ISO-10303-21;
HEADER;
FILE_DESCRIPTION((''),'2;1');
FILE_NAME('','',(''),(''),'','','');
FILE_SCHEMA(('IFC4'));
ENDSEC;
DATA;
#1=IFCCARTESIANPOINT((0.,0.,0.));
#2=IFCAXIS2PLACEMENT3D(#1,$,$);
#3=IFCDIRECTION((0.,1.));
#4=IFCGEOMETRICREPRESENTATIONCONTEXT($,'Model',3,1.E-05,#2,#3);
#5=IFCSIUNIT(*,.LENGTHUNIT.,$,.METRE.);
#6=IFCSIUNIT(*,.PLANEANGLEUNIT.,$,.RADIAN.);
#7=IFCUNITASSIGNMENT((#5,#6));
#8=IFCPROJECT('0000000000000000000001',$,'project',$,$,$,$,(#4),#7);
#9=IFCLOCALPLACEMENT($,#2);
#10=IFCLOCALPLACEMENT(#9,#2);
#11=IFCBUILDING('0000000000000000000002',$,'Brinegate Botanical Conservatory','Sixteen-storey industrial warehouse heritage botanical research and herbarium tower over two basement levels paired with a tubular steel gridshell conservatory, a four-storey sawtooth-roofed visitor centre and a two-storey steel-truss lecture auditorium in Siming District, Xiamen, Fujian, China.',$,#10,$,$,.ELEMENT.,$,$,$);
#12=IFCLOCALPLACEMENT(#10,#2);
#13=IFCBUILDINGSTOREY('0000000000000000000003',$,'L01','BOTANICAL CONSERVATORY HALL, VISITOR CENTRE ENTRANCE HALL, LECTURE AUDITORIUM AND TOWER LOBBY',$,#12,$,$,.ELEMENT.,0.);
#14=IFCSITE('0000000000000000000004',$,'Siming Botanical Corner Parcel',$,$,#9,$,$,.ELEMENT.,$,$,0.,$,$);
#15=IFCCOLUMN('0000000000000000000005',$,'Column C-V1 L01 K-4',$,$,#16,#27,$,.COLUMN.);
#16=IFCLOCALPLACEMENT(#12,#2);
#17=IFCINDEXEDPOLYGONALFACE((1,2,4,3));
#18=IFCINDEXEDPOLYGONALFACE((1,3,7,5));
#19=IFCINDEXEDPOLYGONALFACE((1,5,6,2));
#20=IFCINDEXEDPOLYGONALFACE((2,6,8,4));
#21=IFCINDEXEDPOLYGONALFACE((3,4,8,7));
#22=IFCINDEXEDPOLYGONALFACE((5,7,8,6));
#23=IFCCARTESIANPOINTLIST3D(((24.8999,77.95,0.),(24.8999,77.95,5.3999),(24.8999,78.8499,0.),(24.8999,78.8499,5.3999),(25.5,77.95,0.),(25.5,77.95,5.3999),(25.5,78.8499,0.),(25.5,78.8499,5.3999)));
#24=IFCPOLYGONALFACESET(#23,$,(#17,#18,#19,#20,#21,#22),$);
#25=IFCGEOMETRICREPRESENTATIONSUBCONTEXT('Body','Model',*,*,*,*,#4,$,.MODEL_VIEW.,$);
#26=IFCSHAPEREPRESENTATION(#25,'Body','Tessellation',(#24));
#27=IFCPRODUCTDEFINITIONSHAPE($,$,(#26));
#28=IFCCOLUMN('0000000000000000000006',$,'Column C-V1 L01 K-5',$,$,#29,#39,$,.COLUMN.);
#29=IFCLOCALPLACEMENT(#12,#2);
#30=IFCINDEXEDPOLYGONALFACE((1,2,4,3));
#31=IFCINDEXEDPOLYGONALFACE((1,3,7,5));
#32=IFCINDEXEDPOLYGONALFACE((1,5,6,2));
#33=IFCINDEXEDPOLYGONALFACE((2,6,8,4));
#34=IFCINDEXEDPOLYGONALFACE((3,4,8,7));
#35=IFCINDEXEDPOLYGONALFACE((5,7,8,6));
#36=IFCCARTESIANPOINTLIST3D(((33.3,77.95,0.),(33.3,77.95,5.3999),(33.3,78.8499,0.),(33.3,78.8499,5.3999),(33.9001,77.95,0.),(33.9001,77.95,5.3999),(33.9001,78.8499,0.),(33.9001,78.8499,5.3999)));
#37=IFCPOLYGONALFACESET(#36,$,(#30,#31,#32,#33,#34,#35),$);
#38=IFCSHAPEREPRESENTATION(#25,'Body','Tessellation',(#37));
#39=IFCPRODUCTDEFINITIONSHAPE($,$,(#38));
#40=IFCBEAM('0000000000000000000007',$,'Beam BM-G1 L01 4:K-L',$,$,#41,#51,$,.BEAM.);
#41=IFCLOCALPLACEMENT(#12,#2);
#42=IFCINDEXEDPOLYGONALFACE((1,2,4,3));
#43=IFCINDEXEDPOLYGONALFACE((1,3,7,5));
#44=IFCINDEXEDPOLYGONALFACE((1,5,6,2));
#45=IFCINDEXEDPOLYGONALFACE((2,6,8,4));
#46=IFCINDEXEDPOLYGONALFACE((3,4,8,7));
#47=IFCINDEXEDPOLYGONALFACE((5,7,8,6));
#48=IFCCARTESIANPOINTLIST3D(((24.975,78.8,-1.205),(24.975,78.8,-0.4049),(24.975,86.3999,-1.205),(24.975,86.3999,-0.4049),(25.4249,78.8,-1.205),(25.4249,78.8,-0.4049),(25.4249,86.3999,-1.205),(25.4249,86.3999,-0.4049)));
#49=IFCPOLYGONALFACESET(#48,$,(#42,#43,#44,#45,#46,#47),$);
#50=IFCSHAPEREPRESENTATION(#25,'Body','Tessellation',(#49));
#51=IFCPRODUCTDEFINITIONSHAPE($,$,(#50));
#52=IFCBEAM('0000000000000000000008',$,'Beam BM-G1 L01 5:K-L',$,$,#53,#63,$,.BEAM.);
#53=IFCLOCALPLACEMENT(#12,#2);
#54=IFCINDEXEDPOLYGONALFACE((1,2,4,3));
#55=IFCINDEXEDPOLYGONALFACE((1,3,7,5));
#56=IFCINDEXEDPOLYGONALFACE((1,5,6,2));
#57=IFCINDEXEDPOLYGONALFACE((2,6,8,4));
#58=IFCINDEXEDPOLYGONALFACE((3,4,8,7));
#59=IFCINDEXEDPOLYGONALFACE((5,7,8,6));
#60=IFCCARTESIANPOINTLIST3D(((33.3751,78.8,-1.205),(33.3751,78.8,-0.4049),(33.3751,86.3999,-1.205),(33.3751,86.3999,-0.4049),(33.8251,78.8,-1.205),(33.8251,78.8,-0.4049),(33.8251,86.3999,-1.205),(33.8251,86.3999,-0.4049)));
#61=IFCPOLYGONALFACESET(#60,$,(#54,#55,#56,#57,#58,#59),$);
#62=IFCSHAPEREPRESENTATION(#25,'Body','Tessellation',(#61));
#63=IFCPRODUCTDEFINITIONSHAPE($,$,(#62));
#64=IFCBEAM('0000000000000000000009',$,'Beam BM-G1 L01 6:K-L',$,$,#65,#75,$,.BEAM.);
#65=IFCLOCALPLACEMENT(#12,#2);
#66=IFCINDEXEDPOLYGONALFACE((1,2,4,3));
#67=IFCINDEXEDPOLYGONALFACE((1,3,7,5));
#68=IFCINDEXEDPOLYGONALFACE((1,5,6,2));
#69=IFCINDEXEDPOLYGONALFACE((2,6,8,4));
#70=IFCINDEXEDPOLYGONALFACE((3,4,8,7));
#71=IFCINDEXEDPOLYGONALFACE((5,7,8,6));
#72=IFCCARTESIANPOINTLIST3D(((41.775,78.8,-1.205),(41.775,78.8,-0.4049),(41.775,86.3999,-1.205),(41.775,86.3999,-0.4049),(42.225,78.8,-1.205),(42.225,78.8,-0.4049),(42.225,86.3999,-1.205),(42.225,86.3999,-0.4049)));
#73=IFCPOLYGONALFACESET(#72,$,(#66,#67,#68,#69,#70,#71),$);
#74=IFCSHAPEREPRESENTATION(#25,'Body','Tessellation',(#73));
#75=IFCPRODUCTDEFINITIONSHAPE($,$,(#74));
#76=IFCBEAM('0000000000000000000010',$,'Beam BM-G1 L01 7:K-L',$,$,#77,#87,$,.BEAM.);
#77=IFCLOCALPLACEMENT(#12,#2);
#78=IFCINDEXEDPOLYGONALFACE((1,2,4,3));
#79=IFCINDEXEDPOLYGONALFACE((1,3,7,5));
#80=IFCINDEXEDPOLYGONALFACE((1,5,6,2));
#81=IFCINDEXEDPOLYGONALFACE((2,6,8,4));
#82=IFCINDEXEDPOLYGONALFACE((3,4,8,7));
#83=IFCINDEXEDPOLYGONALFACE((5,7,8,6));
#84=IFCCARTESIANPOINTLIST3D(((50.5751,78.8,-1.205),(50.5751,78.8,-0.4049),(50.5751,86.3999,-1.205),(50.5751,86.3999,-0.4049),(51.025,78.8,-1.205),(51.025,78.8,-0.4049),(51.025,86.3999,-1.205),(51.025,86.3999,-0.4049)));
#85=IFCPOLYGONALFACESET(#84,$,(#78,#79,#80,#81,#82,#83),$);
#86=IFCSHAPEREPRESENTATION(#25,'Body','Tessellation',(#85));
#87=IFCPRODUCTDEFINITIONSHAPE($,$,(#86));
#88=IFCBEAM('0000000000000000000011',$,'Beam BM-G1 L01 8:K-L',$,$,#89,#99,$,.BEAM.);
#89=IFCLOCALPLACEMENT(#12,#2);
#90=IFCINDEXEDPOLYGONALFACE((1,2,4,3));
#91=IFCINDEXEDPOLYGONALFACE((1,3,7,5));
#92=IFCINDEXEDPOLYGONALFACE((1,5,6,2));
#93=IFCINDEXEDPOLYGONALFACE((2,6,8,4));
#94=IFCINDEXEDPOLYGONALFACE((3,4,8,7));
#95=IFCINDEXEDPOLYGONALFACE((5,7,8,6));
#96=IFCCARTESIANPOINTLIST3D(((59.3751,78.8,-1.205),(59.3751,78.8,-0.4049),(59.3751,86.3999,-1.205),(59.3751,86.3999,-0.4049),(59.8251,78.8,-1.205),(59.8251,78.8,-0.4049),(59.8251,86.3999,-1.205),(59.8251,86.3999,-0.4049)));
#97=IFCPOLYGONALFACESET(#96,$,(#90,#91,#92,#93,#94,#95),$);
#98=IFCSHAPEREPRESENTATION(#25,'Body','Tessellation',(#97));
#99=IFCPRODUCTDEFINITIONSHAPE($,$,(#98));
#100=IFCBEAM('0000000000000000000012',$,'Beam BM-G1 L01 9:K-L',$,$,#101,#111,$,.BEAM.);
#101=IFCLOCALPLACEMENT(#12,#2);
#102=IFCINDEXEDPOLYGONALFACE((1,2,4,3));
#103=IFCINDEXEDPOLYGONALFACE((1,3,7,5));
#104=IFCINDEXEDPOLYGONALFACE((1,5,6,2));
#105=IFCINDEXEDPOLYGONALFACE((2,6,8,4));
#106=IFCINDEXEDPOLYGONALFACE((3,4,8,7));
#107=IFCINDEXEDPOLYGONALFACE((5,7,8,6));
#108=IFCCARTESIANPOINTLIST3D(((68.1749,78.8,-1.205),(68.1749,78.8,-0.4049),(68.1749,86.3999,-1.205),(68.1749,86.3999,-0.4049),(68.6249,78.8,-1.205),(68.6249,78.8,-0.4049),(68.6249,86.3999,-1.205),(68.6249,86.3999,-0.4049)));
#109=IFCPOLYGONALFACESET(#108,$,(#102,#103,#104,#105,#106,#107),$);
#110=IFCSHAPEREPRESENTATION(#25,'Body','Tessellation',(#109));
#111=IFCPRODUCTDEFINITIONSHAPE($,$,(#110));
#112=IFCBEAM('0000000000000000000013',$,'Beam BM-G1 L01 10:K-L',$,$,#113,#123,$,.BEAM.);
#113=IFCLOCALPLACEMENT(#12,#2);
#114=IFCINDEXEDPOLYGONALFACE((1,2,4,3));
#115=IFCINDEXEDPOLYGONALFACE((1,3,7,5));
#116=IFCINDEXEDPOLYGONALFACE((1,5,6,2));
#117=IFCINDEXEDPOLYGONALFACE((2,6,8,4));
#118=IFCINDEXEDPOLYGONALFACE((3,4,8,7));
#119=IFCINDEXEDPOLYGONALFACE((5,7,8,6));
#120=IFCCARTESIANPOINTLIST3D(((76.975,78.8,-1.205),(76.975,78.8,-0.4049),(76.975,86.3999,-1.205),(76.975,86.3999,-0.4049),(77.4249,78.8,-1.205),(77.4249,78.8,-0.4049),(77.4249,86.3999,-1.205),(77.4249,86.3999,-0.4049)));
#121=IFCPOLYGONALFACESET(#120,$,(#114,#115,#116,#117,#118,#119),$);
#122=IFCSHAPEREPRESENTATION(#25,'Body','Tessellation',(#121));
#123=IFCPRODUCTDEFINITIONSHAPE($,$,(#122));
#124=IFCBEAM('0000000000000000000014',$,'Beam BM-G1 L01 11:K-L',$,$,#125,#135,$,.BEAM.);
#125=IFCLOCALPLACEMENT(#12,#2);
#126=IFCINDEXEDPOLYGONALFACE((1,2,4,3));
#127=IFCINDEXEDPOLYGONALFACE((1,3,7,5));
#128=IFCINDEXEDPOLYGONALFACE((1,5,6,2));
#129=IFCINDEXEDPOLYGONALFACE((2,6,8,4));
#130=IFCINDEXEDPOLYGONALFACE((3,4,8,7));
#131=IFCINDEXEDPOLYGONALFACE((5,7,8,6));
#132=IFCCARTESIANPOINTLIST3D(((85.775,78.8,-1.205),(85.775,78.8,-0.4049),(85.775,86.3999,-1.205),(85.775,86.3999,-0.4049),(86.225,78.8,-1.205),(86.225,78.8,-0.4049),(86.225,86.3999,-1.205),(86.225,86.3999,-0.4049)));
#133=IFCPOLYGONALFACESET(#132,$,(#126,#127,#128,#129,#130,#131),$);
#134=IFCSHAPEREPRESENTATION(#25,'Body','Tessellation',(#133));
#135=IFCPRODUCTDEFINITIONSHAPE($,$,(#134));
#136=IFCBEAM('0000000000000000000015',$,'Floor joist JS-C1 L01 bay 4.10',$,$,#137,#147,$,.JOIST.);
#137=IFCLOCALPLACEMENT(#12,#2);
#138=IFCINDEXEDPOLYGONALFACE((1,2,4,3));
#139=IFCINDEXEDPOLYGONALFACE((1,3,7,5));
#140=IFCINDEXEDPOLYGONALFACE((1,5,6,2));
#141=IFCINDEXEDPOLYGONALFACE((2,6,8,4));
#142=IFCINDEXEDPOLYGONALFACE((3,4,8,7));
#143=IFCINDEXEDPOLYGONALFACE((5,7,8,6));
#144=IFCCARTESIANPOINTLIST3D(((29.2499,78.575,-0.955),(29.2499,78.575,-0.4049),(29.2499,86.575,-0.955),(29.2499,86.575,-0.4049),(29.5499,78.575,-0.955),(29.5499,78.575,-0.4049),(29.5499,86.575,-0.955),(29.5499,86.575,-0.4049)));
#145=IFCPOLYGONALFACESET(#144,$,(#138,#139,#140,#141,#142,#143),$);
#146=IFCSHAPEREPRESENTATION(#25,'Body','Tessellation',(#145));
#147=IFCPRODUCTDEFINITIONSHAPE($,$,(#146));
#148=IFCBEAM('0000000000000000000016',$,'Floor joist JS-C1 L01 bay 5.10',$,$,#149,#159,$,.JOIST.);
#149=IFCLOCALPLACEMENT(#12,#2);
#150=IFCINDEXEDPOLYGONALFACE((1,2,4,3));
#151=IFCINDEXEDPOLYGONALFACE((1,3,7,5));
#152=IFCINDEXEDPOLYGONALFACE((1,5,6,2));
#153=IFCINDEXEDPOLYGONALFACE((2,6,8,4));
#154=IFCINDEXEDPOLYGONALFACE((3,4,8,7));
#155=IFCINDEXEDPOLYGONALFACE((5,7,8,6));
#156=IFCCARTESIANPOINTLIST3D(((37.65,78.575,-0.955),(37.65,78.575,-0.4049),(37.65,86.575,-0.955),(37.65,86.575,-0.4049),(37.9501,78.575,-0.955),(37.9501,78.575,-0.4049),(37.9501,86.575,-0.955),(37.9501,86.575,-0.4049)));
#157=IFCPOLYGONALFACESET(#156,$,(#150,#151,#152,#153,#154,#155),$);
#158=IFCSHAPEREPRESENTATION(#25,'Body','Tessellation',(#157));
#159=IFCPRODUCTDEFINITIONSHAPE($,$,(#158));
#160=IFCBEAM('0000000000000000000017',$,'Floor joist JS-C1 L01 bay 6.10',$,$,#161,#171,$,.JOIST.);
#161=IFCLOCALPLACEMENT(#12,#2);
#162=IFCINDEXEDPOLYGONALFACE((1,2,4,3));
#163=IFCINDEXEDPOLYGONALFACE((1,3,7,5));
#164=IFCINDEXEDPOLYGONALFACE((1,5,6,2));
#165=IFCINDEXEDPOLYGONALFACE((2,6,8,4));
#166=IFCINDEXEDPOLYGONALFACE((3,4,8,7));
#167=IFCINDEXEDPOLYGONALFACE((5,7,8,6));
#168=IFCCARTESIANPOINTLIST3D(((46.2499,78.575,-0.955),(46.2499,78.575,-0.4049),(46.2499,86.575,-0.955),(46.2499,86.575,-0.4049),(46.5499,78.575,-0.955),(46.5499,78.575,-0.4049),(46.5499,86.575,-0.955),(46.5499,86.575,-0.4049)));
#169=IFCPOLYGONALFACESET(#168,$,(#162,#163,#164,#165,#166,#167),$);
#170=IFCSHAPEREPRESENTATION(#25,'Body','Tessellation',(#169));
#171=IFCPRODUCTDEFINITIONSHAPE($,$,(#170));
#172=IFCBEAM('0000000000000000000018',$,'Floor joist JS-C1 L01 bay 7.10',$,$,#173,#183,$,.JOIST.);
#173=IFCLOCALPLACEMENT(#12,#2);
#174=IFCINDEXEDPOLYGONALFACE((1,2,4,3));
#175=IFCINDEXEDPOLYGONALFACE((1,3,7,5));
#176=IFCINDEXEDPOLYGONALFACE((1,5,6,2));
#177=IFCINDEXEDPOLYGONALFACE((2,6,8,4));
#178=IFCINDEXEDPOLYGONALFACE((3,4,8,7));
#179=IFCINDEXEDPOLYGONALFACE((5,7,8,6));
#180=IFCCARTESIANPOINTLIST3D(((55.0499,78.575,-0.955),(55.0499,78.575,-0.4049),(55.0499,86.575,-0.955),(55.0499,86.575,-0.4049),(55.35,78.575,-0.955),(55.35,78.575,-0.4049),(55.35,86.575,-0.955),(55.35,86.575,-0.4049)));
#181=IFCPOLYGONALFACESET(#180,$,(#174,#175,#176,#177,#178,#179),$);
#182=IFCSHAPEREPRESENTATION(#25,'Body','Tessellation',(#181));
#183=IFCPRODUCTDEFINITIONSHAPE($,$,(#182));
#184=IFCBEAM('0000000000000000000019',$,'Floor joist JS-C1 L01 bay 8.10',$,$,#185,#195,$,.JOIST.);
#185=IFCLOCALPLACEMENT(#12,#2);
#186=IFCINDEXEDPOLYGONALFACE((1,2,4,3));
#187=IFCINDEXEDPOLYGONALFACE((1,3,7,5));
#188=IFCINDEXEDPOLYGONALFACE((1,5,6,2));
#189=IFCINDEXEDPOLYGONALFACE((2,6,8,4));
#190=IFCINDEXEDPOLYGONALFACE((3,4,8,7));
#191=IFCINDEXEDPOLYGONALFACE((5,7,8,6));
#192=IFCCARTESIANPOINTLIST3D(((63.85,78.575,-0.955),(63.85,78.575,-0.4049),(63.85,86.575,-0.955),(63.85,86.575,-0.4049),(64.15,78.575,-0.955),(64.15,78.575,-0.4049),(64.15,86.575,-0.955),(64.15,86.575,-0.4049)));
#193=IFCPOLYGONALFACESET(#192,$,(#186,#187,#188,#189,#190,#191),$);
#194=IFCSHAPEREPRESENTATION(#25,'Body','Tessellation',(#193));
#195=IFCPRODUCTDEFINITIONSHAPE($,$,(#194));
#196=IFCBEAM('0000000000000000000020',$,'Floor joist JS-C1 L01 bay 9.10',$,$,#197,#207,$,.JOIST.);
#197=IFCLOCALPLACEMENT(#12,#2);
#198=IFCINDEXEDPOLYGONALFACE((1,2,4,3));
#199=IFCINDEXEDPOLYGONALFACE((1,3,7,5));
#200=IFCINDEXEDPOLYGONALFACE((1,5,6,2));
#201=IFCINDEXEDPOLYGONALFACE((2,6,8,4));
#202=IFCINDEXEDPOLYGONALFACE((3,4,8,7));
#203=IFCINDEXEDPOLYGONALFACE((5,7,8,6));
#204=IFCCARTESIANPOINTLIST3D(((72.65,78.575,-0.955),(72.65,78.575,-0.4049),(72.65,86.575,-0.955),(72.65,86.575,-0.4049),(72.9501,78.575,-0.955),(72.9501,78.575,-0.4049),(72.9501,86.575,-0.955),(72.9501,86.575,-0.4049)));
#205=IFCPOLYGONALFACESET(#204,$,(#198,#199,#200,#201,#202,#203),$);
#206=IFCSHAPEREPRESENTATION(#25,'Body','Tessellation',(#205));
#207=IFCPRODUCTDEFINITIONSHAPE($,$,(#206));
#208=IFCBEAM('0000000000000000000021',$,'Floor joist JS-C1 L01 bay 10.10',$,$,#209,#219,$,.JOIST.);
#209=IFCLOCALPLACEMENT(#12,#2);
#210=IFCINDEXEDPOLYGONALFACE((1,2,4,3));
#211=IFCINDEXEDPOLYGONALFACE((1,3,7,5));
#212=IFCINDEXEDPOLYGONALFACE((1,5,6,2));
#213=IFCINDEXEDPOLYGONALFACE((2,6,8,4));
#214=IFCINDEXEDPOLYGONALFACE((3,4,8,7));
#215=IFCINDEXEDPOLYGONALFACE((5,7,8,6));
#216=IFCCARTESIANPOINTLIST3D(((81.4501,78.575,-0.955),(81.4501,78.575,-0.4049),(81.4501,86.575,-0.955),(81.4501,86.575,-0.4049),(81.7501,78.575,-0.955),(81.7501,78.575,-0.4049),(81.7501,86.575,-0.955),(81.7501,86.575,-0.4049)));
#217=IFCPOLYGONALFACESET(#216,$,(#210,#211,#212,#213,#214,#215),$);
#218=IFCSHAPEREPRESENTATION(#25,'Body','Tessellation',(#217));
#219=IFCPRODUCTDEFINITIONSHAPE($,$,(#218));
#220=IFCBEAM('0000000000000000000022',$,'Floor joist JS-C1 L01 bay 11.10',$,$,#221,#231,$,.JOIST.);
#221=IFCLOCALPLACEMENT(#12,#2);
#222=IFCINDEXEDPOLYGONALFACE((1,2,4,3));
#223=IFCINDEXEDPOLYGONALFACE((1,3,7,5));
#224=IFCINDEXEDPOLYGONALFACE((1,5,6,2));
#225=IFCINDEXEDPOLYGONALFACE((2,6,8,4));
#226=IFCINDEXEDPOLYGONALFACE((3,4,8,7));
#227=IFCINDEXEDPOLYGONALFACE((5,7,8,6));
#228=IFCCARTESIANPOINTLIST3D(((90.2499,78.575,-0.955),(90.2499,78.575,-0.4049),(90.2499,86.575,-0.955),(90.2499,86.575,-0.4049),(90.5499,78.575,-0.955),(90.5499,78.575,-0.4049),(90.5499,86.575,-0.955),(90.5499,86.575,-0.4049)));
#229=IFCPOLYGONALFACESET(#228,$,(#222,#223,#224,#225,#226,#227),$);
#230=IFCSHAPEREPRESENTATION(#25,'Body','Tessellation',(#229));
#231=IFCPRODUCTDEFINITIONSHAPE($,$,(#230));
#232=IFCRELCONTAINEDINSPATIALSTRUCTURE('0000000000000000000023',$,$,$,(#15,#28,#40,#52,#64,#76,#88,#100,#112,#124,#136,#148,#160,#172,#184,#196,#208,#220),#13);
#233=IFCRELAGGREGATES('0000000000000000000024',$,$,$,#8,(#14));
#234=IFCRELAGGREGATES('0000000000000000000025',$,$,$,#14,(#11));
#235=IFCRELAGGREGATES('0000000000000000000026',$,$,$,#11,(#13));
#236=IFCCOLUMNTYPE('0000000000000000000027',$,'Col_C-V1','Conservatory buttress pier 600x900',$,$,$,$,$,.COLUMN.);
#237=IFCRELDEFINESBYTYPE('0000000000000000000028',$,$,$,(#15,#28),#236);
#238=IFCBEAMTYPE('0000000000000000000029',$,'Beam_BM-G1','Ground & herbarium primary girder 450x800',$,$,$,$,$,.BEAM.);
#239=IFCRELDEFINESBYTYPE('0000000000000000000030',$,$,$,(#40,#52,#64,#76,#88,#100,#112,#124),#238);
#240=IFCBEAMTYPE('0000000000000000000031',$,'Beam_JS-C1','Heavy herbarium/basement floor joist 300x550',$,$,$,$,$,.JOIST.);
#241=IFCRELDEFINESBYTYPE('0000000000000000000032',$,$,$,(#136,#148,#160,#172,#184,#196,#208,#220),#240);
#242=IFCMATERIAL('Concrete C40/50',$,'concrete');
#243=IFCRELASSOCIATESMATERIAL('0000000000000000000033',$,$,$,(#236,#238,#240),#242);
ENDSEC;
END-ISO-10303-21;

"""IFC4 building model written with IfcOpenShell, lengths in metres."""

from ifc_helpers import new_model, si_unit, direction, frame, origin, origin_2d, place, context, subcontext, project, spatial, rectangle, extrude, material, material_profile, profile_set, type_object, element, save


model = new_model("IFC4")

# Units and contexts
model_context = context("Model", 3, precision=1e-05, world=origin(), true_north=direction((0.0, 1.0)))
body_context = subcontext(model_context, "Body", "Model", "MODEL_VIEW")
ifc_project = project(units=[si_unit("LENGTHUNIT", "METRE"), si_unit("PLANEANGLEUNIT", "RADIAN")], contexts=[model_context])

# Site, building, storey
site_placement = place(None, origin())
site = spatial("IfcSite", under=ifc_project, at=site_placement, Name="Siming Botanical Corner Parcel", CompositionType="ELEMENT", RefElevation=0.0)
building_placement = place(site_placement, origin())
building = spatial("IfcBuilding", under=site, at=building_placement, Name="Brinegate Botanical Conservatory", Description="Sixteen-storey industrial warehouse heritage botanical research and herbarium tower over two basement levels paired with a tubular steel gridshell conservatory, a four-storey sawtooth-roofed visitor centre and a two-storey steel-truss lecture auditorium in Siming District, Xiamen, Fujian, China.", CompositionType="ELEMENT")
storey_placement = place(building_placement, origin())
storey = spatial("IfcBuildingStorey", under=building, at=storey_placement, Name="L01", Description="BOTANICAL CONSERVATORY HALL, VISITOR CENTRE ENTRANCE HALL, LECTURE AUDITORIUM AND TOWER LOBBY", CompositionType="ELEMENT", Elevation=0.0)

# Columns
ifc_material_1 = material(Name="Concrete C40/50", Category="concrete")
ifc_material_profile_1 = material_profile(ifc_material_1, rectangle(XDim=0.6001, YDim=0.8999, at=origin_2d()), Name="RC PIER 600x900")
ifc_profile_set_1 = profile_set([ifc_material_profile_1], Name="Concrete C40/50")
column_type = type_object("IfcColumnType", Name="Col_C-V1", Description="Conservatory buttress pier 600x900", PredefinedType="COLUMN", material=ifc_profile_set_1)
for number, where, z_axis, x_axis, name in (
    (1, (25.2, 78.3999, 0.0), (0.0, 0.0, 1.0), (1.0, 0.0, 0.0), "Column C-V1 L01 K-4"),
    (2, (33.6001, 78.3999, 0.0), (0.0, 0.0, 1.0), (1.0, 0.0, 0.0), "Column C-V1 L01 K-5"),
):
    element("IfcColumn", number, at=place(storey_placement, frame(where, z_axis=z_axis, x_axis=x_axis)), inside=storey, type_object=column_type, Name=name, PredefinedType="COLUMN", context=body_context, shape_type="SweptSolid", body=[
        extrude(rectangle(XDim=0.6001, YDim=0.8999, at=origin_2d()), origin(), (0.0, 0.0, 1.0), 5.3999),
    ])

# Beams
ifc_material_profile_2 = material_profile(ifc_material_1, rectangle(XDim=0.45, YDim=0.8, at=origin_2d()), Name="RC BM 450x800")
ifc_profile_set_2 = profile_set([ifc_material_profile_2], Name="Concrete C40/50")
beam_type_1 = type_object("IfcBeamType", Name="Beam_BM-G1", Description="Ground & herbarium primary girder 450x800", PredefinedType="BEAM", material=ifc_profile_set_2)
for number, where, z_axis, x_axis, name in (
    (3, (25.2, 78.8, -0.8049), (0.0, 1.0, 0.0), (-1.0, 0.0, 0.0), "Beam BM-G1 L01 4:K-L"),
    (4, (33.6001, 78.8, -0.8049), (0.0, 1.0, 0.0), (-1.0, 0.0, 0.0), "Beam BM-G1 L01 5:K-L"),
    (5, (42.0, 78.8, -0.8049), (0.0, 1.0, 0.0), (-1.0, 0.0, 0.0), "Beam BM-G1 L01 6:K-L"),
    (6, (50.8, 78.8, -0.8049), (0.0, 1.0, 0.0), (-1.0, 0.0, 0.0), "Beam BM-G1 L01 7:K-L"),
    (7, (59.6001, 78.8, -0.8049), (0.0, 1.0, 0.0), (-1.0, 0.0, 0.0), "Beam BM-G1 L01 8:K-L"),
    (8, (68.3999, 78.8, -0.8049), (0.0, 1.0, 0.0), (-1.0, 0.0, 0.0), "Beam BM-G1 L01 9:K-L"),
    (9, (77.2, 78.8, -0.8049), (0.0, 1.0, 0.0), (-1.0, 0.0, 0.0), "Beam BM-G1 L01 10:K-L"),
    (10, (86.0, 78.8, -0.8049), (0.0, 1.0, 0.0), (-1.0, 0.0, 0.0), "Beam BM-G1 L01 11:K-L"),
):
    element("IfcBeam", number, at=place(storey_placement, frame(where, z_axis=z_axis, x_axis=x_axis)), inside=storey, type_object=beam_type_1, Name=name, PredefinedType="BEAM", context=body_context, shape_type="SweptSolid", body=[
        extrude(rectangle(XDim=0.45, YDim=0.8, at=origin_2d()), origin(), (0.0, 0.0, 1.0), 7.5999),
    ])
ifc_material_profile_3 = material_profile(ifc_material_1, rectangle(XDim=0.3, YDim=0.55, at=origin_2d()), Name="RC JST 300x550")
ifc_profile_set_3 = profile_set([ifc_material_profile_3], Name="Concrete C40/50")
beam_type_2 = type_object("IfcBeamType", Name="Beam_JS-C1", Description="Heavy herbarium/basement floor joist 300x550", PredefinedType="JOIST", material=ifc_profile_set_3)
for number, where, z_axis, x_axis, name in (
    (11, (29.3999, 78.575, -0.6799), (0.0, 1.0, 0.0), (-1.0, 0.0, 0.0), "Floor joist JS-C1 L01 bay 4.10"),
    (12, (37.8, 78.575, -0.6799), (0.0, 1.0, 0.0), (-1.0, 0.0, 0.0), "Floor joist JS-C1 L01 bay 5.10"),
    (13, (46.3999, 78.575, -0.6799), (0.0, 1.0, 0.0), (-1.0, 0.0, 0.0), "Floor joist JS-C1 L01 bay 6.10"),
    (14, (55.2, 78.575, -0.6799), (0.0, 1.0, 0.0), (-1.0, 0.0, 0.0), "Floor joist JS-C1 L01 bay 7.10"),
    (15, (64.0, 78.575, -0.6799), (0.0, 1.0, 0.0), (-1.0, 0.0, 0.0), "Floor joist JS-C1 L01 bay 8.10"),
    (16, (72.8, 78.575, -0.6799), (0.0, 1.0, 0.0), (-1.0, 0.0, 0.0), "Floor joist JS-C1 L01 bay 9.10"),
    (17, (81.6001, 78.575, -0.6799), (0.0, 1.0, 0.0), (-1.0, 0.0, 0.0), "Floor joist JS-C1 L01 bay 10.10"),
    (18, (90.3999, 78.575, -0.6799), (0.0, 1.0, 0.0), (-1.0, 0.0, 0.0), "Floor joist JS-C1 L01 bay 11.10"),
):
    element("IfcBeam", number, at=place(storey_placement, frame(where, z_axis=z_axis, x_axis=x_axis)), inside=storey, type_object=beam_type_2, Name=name, PredefinedType="JOIST", context=body_context, shape_type="SweptSolid", body=[
        extrude(rectangle(XDim=0.3, YDim=0.55, at=origin_2d()), origin(), (0.0, 0.0, 1.0), 8.0),
    ])

save(model, "model.ifc")
